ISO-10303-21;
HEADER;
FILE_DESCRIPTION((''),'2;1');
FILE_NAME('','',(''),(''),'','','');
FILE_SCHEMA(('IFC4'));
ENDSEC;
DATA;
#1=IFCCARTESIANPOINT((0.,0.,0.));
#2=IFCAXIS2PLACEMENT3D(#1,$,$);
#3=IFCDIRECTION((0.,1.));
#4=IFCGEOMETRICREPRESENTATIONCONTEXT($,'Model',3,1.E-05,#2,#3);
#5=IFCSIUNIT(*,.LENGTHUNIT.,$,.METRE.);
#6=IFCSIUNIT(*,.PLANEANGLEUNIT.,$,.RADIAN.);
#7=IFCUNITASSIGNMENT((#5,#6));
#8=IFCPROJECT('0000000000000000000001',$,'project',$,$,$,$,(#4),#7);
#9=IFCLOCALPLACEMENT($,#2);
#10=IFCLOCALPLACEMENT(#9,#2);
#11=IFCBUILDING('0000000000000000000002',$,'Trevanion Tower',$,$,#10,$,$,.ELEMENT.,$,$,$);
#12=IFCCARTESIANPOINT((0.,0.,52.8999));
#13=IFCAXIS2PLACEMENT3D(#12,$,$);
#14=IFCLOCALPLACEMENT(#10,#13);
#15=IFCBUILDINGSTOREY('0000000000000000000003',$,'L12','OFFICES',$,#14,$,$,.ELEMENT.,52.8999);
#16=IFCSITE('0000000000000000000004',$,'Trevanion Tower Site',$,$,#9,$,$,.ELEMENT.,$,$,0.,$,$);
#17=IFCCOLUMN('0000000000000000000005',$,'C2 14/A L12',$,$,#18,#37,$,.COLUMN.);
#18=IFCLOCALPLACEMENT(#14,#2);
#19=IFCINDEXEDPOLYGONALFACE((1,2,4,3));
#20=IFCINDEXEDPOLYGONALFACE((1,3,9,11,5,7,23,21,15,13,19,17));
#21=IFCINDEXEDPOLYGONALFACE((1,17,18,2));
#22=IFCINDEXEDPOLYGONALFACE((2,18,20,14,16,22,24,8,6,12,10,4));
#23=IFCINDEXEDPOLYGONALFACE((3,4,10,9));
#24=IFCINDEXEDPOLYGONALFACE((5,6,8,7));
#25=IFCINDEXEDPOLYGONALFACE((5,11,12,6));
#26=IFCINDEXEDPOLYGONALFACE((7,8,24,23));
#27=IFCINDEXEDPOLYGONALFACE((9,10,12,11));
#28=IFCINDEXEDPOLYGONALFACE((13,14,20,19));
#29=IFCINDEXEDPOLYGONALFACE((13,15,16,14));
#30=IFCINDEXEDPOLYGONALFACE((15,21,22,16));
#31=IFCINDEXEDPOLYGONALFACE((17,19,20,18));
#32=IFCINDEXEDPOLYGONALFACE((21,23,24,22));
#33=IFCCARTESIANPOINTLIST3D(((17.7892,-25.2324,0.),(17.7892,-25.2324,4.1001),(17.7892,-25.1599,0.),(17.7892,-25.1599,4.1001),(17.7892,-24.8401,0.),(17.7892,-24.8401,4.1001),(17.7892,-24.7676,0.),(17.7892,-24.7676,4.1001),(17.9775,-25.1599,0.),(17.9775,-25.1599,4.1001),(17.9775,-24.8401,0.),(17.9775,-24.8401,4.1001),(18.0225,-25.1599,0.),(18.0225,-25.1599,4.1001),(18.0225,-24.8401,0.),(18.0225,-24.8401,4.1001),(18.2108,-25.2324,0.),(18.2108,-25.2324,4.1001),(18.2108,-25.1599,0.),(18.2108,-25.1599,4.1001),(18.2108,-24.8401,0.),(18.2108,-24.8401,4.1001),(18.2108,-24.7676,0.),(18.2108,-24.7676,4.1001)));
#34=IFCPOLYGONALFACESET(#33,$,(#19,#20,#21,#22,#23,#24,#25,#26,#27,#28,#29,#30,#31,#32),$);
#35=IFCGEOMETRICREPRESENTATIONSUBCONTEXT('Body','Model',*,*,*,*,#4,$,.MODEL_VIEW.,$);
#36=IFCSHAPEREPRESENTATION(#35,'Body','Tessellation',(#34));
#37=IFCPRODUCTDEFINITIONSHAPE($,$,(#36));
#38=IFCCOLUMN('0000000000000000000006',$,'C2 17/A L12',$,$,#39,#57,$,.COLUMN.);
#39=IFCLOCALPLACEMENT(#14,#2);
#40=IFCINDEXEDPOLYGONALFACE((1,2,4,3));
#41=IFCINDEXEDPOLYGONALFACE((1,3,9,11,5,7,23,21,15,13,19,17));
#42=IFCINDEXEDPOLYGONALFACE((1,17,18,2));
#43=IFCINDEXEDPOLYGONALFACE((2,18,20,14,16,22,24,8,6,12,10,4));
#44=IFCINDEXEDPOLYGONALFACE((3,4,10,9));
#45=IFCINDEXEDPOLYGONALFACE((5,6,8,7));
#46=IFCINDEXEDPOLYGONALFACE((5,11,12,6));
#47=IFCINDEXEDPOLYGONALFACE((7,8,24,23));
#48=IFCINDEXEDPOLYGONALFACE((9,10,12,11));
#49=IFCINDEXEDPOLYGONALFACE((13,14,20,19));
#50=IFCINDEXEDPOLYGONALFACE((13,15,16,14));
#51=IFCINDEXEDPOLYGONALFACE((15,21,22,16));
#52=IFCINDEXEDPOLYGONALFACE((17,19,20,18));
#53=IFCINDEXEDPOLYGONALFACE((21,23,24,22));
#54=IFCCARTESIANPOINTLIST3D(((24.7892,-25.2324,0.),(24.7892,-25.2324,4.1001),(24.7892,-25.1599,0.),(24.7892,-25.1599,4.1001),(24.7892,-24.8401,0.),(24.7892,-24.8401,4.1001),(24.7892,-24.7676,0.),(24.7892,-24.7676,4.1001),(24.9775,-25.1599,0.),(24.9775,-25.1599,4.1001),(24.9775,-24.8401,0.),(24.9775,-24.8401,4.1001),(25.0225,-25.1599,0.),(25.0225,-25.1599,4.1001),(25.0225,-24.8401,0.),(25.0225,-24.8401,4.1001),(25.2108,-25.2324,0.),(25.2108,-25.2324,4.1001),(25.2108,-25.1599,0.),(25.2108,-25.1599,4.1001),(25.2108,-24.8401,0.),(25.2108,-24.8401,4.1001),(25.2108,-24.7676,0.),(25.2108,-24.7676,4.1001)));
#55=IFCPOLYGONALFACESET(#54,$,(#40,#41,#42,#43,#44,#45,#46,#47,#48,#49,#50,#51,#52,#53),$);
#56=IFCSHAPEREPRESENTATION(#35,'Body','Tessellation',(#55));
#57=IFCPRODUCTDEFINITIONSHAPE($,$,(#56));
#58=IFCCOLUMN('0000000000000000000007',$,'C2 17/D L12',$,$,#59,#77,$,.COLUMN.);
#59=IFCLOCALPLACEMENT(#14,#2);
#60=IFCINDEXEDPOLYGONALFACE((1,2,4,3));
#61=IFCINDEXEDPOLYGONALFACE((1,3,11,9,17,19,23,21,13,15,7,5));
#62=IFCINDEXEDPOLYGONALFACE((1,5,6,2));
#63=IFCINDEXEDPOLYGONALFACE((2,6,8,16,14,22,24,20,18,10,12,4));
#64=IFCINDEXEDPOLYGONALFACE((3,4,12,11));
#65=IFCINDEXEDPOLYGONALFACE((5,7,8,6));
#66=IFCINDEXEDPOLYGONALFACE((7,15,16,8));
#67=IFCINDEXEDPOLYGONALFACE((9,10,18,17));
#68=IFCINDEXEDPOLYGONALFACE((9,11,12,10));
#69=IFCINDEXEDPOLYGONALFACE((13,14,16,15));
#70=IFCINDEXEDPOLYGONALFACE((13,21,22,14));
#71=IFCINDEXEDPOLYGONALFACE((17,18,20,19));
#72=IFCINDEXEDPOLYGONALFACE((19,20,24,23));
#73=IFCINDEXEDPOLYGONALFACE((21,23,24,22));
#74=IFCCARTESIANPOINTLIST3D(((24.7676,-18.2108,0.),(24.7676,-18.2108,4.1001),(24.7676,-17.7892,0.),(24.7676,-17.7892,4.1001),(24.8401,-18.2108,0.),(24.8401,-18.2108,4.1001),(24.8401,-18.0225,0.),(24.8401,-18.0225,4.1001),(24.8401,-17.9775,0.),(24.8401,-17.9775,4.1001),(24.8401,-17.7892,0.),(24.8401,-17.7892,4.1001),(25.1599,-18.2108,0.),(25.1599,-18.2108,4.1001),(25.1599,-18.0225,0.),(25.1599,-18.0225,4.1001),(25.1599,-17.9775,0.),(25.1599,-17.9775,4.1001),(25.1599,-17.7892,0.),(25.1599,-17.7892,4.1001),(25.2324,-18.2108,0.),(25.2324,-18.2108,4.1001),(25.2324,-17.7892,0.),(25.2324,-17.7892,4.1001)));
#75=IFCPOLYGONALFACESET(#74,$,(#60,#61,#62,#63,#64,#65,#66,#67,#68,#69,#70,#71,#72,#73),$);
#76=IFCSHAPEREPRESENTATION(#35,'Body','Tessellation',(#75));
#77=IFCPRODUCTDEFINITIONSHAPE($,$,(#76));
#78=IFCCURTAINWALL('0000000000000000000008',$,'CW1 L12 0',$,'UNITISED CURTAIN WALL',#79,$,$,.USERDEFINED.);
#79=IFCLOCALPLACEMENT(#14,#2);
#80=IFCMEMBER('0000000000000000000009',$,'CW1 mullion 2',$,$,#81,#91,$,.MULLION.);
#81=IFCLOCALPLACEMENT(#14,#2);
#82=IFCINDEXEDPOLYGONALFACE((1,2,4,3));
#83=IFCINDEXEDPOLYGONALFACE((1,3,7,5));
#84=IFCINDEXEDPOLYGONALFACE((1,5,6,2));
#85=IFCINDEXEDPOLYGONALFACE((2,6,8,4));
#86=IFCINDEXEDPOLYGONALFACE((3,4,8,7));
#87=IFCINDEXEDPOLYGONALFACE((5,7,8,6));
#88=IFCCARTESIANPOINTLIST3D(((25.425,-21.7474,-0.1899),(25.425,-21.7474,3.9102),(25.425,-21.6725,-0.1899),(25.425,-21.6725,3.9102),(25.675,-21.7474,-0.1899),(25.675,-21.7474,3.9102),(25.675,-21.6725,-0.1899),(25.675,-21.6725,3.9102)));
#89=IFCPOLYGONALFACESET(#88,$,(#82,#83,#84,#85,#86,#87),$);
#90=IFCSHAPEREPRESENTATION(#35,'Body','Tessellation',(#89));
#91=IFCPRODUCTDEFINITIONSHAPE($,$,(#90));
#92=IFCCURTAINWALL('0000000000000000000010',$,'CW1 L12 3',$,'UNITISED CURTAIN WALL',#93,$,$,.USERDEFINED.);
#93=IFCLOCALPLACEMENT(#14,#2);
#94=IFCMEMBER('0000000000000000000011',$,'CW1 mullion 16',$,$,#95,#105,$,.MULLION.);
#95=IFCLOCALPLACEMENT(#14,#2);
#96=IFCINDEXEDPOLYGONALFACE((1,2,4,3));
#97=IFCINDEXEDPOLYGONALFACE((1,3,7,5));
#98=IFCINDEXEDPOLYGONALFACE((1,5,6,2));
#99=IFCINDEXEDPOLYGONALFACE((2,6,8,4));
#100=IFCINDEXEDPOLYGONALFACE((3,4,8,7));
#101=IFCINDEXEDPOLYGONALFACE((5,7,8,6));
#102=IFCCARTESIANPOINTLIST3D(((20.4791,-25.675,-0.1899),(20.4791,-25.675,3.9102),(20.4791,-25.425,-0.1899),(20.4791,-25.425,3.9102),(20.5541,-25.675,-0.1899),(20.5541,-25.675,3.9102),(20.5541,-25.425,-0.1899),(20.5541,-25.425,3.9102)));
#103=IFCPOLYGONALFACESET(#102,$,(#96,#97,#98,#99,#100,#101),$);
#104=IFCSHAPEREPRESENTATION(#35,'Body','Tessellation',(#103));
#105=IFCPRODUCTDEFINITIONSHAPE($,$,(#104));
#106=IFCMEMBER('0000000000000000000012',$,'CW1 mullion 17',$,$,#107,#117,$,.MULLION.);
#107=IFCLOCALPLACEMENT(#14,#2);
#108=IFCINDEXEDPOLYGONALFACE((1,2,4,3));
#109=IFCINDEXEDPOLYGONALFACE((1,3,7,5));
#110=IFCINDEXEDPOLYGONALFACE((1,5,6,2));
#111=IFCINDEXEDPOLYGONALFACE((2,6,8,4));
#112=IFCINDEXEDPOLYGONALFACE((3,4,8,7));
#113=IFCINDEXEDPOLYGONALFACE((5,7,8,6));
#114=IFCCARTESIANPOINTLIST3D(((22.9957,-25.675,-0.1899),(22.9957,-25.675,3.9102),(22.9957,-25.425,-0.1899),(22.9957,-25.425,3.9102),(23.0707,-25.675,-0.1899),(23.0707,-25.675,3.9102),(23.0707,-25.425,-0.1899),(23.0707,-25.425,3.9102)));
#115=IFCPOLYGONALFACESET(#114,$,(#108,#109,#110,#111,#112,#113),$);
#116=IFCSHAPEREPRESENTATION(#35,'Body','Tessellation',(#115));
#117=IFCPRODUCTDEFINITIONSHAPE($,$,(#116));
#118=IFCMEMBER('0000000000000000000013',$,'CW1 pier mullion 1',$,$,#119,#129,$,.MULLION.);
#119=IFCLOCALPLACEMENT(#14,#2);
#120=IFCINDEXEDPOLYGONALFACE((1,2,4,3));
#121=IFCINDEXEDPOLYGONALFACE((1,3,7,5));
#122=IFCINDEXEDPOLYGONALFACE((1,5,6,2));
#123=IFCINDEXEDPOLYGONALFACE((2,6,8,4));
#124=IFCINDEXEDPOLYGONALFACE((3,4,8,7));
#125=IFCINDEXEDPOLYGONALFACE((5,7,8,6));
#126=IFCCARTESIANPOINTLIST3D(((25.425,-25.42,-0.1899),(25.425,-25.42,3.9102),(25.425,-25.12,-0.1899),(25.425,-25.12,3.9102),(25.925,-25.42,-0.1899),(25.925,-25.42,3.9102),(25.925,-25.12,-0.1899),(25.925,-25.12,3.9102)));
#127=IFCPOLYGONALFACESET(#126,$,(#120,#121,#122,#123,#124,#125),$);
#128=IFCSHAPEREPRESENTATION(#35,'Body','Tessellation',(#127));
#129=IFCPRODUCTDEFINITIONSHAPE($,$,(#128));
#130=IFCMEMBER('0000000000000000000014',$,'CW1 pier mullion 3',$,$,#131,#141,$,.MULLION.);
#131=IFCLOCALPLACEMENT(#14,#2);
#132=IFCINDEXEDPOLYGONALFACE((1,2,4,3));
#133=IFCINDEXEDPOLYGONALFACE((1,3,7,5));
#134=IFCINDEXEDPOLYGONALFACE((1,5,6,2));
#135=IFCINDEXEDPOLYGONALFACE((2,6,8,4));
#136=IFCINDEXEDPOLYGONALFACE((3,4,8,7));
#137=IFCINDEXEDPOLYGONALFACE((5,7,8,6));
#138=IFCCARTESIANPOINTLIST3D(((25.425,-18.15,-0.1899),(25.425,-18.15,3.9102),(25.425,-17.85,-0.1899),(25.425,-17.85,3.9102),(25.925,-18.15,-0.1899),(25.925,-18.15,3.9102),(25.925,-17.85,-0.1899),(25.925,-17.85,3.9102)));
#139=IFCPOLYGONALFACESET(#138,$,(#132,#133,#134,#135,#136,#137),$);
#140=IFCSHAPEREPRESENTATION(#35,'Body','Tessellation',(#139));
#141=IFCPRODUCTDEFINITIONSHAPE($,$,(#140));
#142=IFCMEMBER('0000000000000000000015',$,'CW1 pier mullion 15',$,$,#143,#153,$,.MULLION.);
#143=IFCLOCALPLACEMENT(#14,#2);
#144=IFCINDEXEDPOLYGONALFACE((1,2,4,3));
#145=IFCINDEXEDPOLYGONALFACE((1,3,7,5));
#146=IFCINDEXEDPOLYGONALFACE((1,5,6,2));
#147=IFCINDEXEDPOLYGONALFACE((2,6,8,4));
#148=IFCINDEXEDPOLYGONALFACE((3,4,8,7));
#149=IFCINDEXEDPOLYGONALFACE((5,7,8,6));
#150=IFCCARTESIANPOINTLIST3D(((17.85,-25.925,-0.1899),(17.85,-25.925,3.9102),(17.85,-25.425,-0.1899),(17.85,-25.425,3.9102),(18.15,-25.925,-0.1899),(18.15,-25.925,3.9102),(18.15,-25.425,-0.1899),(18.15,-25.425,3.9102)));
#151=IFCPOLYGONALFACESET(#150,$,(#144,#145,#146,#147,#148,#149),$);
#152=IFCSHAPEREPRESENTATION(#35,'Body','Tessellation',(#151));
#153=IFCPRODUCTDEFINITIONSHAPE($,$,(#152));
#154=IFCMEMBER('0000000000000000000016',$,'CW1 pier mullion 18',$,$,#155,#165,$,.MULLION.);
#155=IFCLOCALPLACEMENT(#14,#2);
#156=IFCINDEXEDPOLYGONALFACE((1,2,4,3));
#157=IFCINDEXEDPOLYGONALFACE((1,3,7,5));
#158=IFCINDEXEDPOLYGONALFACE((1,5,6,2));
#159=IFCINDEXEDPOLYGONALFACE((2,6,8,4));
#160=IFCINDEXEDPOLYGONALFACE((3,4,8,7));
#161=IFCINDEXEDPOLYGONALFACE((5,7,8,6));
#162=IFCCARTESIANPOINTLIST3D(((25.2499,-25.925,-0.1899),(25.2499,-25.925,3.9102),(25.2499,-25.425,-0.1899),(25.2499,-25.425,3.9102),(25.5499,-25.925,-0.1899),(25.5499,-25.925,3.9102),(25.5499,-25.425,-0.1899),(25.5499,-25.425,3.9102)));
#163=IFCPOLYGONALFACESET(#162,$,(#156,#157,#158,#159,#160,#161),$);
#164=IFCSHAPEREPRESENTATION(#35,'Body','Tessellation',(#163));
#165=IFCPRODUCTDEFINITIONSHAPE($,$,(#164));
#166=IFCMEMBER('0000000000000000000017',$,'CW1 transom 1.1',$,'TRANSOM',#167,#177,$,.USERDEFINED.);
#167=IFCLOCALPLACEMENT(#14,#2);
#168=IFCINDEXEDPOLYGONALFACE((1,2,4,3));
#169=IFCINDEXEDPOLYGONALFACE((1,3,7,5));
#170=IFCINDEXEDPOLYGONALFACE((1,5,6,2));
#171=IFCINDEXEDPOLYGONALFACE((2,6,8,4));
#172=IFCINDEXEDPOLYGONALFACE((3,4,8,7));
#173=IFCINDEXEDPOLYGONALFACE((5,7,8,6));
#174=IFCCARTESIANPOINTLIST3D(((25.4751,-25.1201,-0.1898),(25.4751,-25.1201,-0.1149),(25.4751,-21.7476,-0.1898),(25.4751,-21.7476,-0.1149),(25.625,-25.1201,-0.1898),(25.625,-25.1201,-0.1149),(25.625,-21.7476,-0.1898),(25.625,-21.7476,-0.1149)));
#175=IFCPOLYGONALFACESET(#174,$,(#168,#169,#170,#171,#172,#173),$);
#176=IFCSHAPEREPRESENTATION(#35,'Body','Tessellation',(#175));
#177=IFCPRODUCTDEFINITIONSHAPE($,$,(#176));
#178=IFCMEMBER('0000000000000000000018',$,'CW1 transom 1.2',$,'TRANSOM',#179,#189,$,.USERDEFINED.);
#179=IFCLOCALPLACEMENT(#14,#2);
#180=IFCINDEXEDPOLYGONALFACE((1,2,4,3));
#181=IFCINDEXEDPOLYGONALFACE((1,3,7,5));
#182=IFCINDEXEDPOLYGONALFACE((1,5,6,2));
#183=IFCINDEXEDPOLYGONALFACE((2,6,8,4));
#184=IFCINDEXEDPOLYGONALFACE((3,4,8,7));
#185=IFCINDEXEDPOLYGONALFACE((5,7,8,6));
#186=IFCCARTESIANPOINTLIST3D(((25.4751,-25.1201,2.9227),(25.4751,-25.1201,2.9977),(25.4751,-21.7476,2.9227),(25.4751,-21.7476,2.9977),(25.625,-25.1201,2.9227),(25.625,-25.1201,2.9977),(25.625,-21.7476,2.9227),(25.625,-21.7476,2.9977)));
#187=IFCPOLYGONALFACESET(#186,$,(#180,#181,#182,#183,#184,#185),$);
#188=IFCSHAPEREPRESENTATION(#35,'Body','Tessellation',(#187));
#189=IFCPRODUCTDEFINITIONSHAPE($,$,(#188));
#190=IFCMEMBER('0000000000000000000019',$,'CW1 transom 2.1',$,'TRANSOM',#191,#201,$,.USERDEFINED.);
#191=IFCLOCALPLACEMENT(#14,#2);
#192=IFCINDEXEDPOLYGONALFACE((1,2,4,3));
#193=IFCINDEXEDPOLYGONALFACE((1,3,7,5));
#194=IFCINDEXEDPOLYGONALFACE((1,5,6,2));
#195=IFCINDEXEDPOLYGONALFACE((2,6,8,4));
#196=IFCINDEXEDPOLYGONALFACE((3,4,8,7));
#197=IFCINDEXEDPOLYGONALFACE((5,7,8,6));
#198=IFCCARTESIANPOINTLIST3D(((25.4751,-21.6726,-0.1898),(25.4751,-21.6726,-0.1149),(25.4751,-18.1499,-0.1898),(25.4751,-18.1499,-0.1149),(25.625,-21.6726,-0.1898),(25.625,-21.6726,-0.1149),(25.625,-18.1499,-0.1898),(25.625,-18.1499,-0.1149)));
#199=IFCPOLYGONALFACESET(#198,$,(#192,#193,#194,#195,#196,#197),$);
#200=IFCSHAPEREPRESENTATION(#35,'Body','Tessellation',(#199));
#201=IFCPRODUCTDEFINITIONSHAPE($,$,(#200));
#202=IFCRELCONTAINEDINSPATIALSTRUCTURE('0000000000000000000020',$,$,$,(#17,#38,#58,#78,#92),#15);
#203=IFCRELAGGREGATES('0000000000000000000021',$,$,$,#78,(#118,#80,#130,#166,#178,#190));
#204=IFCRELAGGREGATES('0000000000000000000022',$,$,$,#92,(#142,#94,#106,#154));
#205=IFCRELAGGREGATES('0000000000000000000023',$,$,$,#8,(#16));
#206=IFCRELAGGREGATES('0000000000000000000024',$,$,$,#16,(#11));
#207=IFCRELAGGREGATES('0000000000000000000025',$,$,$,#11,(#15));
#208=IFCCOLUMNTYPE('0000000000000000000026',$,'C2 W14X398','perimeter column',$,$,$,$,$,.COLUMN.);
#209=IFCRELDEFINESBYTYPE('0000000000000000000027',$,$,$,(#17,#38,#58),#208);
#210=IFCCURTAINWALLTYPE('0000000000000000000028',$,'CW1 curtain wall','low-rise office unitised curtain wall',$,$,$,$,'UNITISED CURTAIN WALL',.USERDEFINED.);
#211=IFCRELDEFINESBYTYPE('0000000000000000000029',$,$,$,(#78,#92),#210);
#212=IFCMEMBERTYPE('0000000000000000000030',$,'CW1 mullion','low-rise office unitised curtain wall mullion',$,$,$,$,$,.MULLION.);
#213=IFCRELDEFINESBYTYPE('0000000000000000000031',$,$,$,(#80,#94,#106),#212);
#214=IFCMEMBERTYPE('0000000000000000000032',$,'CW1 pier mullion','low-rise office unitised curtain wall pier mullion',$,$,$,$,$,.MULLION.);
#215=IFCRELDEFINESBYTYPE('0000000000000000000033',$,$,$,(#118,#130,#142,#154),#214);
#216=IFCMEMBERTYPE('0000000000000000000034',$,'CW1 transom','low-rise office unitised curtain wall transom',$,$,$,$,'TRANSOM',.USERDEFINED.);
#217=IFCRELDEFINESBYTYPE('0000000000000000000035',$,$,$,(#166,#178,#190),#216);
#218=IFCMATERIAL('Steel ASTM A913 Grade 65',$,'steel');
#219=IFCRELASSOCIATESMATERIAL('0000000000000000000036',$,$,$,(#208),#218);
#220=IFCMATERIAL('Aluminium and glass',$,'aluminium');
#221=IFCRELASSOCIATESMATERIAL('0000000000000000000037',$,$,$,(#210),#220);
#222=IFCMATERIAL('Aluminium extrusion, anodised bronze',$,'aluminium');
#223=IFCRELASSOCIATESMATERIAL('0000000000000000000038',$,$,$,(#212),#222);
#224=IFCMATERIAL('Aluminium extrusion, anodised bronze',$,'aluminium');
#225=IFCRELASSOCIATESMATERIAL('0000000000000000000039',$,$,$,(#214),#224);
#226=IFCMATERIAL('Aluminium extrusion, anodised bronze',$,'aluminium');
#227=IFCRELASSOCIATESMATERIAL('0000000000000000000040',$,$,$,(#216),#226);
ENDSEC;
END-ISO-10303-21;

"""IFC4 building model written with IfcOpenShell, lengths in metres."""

from ifc_helpers import new_model, si_unit, direction, frame, origin, origin_2d, place, context, subcontext, project, spatial, rectangle, i_section, extrude, material, material_profile, profile_set, type_object, element, aggregate, save


model = new_model("IFC4")

# Units and contexts
model_context = context("Model", 3, precision=1e-05, world=origin(), true_north=direction((0.0, 1.0)))
body_context = subcontext(model_context, "Body", "Model", "MODEL_VIEW")
ifc_project = project(units=[si_unit("LENGTHUNIT", "METRE"), si_unit("PLANEANGLEUNIT", "RADIAN")], contexts=[model_context])

# Site, building, storey
site_placement = place(None, origin())
site = spatial("IfcSite", under=ifc_project, at=site_placement, Name="Trevanion Tower Site", CompositionType="ELEMENT", RefElevation=0.0)
building_placement = place(site_placement, origin())
building = spatial("IfcBuilding", under=site, at=building_placement, Name="Trevanion Tower", CompositionType="ELEMENT")
storey_placement = place(building_placement, frame((0.0, 0.0, 52.8999)))
storey = spatial("IfcBuildingStorey", under=building, at=storey_placement, Name="L12", Description="OFFICES", CompositionType="ELEMENT", Elevation=52.8999)

# Columns
ifc_material_1 = material(Name="Steel ASTM A913 Grade 65", Category="steel")
ifc_material_profile_1 = material_profile(ifc_material_1, i_section(OverallWidth=0.4216, OverallDepth=0.4648, WebThickness=0.0449, FlangeThickness=0.0725, at=origin_2d()), Name="W14X398")
ifc_profile_set_1 = profile_set([ifc_material_profile_1], Name="Steel ASTM A913 Grade 65")
column_type = type_object("IfcColumnType", Name="C2 W14X398", Description="perimeter column", PredefinedType="COLUMN", material=ifc_profile_set_1)
for number, where, z_axis, x_axis, name in (
    (1, (18.0, -25.0, 0.0), (0.0, 0.0, 1.0), (1.0, 0.0, 0.0), "C2 14/A L12"),
    (2, (25.0, -25.0, 0.0), (0.0, 0.0, 1.0), (1.0, 0.0, 0.0), "C2 17/A L12"),
    (3, (25.0, -18.0, 0.0), (0.0, 0.0, 1.0), (0.0, 1.0, 0.0), "C2 17/D L12"),
):
    element("IfcColumn", number, at=place(storey_placement, frame(where, z_axis=z_axis, x_axis=x_axis)), inside=storey, type_object=column_type, Name=name, PredefinedType="COLUMN", context=body_context, shape_type="SweptSolid", body=[
        extrude(i_section(OverallWidth=0.4216, OverallDepth=0.4648, WebThickness=0.0449, FlangeThickness=0.0725, at=origin_2d()), origin(), (0.0, 0.0, 1.0), 4.1001),
    ])

# Curtain wall, member
ifc_material_2 = material(Name="Aluminium and glass", Category="aluminium")
curtain_wall_type = type_object("IfcCurtainWallType", Name="CW1 curtain wall", Description="low-rise office unitised curtain wall", ElementType="UNITISED CURTAIN WALL", PredefinedType="USERDEFINED", material=ifc_material_2)
curtain_wall_1_placement = place(storey_placement, origin())
curtain_wall_1 = element("IfcCurtainWall", 4, at=curtain_wall_1_placement, inside=storey, type_object=curtain_wall_type, Name="CW1 L12 0", ObjectType="UNITISED CURTAIN WALL", PredefinedType="USERDEFINED")
ifc_material_3 = material(Name="Aluminium extrusion, anodised bronze", Category="aluminium")
ifc_material_profile_2 = material_profile(ifc_material_3, rectangle(XDim=0.075, YDim=0.25, at=origin_2d()), Name="CW1 mullion")
ifc_profile_set_2 = profile_set([ifc_material_profile_2], Name="Aluminium extrusion, anodised bronze")
member_type_1 = type_object("IfcMemberType", Name="CW1 mullion", Description="low-rise office unitised curtain wall mullion", PredefinedType="MULLION", material=ifc_profile_set_2)
member_1_placement = place(storey_placement, frame((25.55, -21.71, -0.1899), z_axis=(0.0, 0.0, 1.0), x_axis=(0.0, 1.0, 0.0)))
member_1 = element("IfcMember", 5, at=member_1_placement, type_object=member_type_1, Name="CW1 mullion 2", PredefinedType="MULLION", context=body_context, shape_type="SweptSolid", body=[
    extrude(rectangle(XDim=0.075, YDim=0.25, at=origin_2d()), origin(), (0.0, 0.0, 1.0), 4.1001),
])

# Curtain wall, members
curtain_wall_2_placement = place(storey_placement, origin())
curtain_wall_2 = element("IfcCurtainWall", 6, at=curtain_wall_2_placement, inside=storey, type_object=curtain_wall_type, Name="CW1 L12 3", ObjectType="UNITISED CURTAIN WALL", PredefinedType="USERDEFINED")
member_2_placement = place(storey_placement, frame((20.5166, -25.55, -0.1899), z_axis=(0.0, 0.0, 1.0), x_axis=(1.0, 0.0, 0.0)))
member_2 = element("IfcMember", 7, at=member_2_placement, type_object=member_type_1, Name="CW1 mullion 16", PredefinedType="MULLION", context=body_context, shape_type="SweptSolid", body=[
    extrude(rectangle(XDim=0.075, YDim=0.25, at=origin_2d()), origin(), (0.0, 0.0, 1.0), 4.1001),
])
member_3_placement = place(storey_placement, frame((23.0332, -25.55, -0.1899), z_axis=(0.0, 0.0, 1.0), x_axis=(1.0, 0.0, 0.0)))
member_3 = element("IfcMember", 8, at=member_3_placement, type_object=member_type_1, Name="CW1 mullion 17", PredefinedType="MULLION", context=body_context, shape_type="SweptSolid", body=[
    extrude(rectangle(XDim=0.075, YDim=0.25, at=origin_2d()), origin(), (0.0, 0.0, 1.0), 4.1001),
])

# Members
ifc_material_4 = material(Name="Aluminium extrusion, anodised bronze", Category="aluminium")
ifc_material_profile_3 = material_profile(ifc_material_4, rectangle(XDim=0.3, YDim=0.5, at=origin_2d()), Name="CW1 pier mullion")
ifc_profile_set_3 = profile_set([ifc_material_profile_3], Name="Aluminium extrusion, anodised bronze")
member_type_2 = type_object("IfcMemberType", Name="CW1 pier mullion", Description="low-rise office unitised curtain wall pier mullion", PredefinedType="MULLION", material=ifc_profile_set_3)
member_4_placement = place(storey_placement, frame((25.675, -25.27, -0.1899), z_axis=(0.0, 0.0, 1.0), x_axis=(0.0, 1.0, 0.0)))
member_4 = element("IfcMember", 9, at=member_4_placement, type_object=member_type_2, Name="CW1 pier mullion 1", PredefinedType="MULLION", context=body_context, shape_type="SweptSolid", body=[
    extrude(rectangle(XDim=0.3, YDim=0.5, at=origin_2d()), origin(), (0.0, 0.0, 1.0), 4.1001),
])
member_5_placement = place(storey_placement, frame((25.675, -18.0, -0.1899), z_axis=(0.0, 0.0, 1.0), x_axis=(0.0, 1.0, 0.0)))
member_5 = element("IfcMember", 10, at=member_5_placement, type_object=member_type_2, Name="CW1 pier mullion 3", PredefinedType="MULLION", context=body_context, shape_type="SweptSolid", body=[
    extrude(rectangle(XDim=0.3, YDim=0.5, at=origin_2d()), origin(), (0.0, 0.0, 1.0), 4.1001),
])
member_6_placement = place(storey_placement, frame((18.0, -25.675, -0.1899), z_axis=(0.0, 0.0, 1.0), x_axis=(1.0, 0.0, 0.0)))
member_6 = element("IfcMember", 11, at=member_6_placement, type_object=member_type_2, Name="CW1 pier mullion 15", PredefinedType="MULLION", context=body_context, shape_type="SweptSolid", body=[
    extrude(rectangle(XDim=0.3, YDim=0.5, at=origin_2d()), origin(), (0.0, 0.0, 1.0), 4.1001),
])
member_7_placement = place(storey_placement, frame((25.3999, -25.675, -0.1899), z_axis=(0.0, 0.0, 1.0), x_axis=(1.0, 0.0, 0.0)))
member_7 = element("IfcMember", 12, at=member_7_placement, type_object=member_type_2, Name="CW1 pier mullion 18", PredefinedType="MULLION", context=body_context, shape_type="SweptSolid", body=[
    extrude(rectangle(XDim=0.3, YDim=0.5, at=origin_2d()), origin(), (0.0, 0.0, 1.0), 4.1001),
])
ifc_material_5 = material(Name="Aluminium extrusion, anodised bronze", Category="aluminium")
ifc_material_profile_4 = material_profile(ifc_material_5, rectangle(XDim=0.1499, YDim=0.075, at=origin_2d()), Name="CW1 transom")
ifc_profile_set_4 = profile_set([ifc_material_profile_4], Name="Aluminium extrusion, anodised bronze")
member_type_3 = type_object("IfcMemberType", Name="CW1 transom", Description="low-rise office unitised curtain wall transom", ElementType="TRANSOM", PredefinedType="USERDEFINED", material=ifc_profile_set_4)
member_8_placement = place(storey_placement, frame((25.55, -25.1201, -0.1523), z_axis=(0.0, 1.0, 0.0), x_axis=(-1.0, 0.0, 0.0)))
member_8 = element("IfcMember", 13, at=member_8_placement, type_object=member_type_3, Name="CW1 transom 1.1", ObjectType="TRANSOM", PredefinedType="USERDEFINED", context=body_context, shape_type="SweptSolid", body=[
    extrude(rectangle(XDim=0.1499, YDim=0.075, at=origin_2d()), origin(), (0.0, 0.0, 1.0), 3.3726),
])
member_9_placement = place(storey_placement, frame((25.55, -25.1201, 2.9602), z_axis=(0.0, 1.0, 0.0), x_axis=(-1.0, 0.0, 0.0)))
member_9 = element("IfcMember", 14, at=member_9_placement, type_object=member_type_3, Name="CW1 transom 1.2", ObjectType="TRANSOM", PredefinedType="USERDEFINED", context=body_context, shape_type="SweptSolid", body=[
    extrude(rectangle(XDim=0.1499, YDim=0.075, at=origin_2d()), origin(), (0.0, 0.0, 1.0), 3.3726),
])
member_10_placement = place(storey_placement, frame((25.55, -21.6726, -0.1523), z_axis=(0.0, 1.0, 0.0), x_axis=(-1.0, 0.0, 0.0)))
member_10 = element("IfcMember", 15, at=member_10_placement, type_object=member_type_3, Name="CW1 transom 2.1", ObjectType="TRANSOM", PredefinedType="USERDEFINED", context=body_context, shape_type="SweptSolid", body=[
    extrude(rectangle(XDim=0.1499, YDim=0.075, at=origin_2d()), origin(), (0.0, 0.0, 1.0), 3.5227),
])

aggregate(curtain_wall_1, [member_4, member_1, member_5, member_8, member_9, member_10])
aggregate(curtain_wall_2, [member_6, member_2, member_3, member_7])

save(model, "model.ifc")
